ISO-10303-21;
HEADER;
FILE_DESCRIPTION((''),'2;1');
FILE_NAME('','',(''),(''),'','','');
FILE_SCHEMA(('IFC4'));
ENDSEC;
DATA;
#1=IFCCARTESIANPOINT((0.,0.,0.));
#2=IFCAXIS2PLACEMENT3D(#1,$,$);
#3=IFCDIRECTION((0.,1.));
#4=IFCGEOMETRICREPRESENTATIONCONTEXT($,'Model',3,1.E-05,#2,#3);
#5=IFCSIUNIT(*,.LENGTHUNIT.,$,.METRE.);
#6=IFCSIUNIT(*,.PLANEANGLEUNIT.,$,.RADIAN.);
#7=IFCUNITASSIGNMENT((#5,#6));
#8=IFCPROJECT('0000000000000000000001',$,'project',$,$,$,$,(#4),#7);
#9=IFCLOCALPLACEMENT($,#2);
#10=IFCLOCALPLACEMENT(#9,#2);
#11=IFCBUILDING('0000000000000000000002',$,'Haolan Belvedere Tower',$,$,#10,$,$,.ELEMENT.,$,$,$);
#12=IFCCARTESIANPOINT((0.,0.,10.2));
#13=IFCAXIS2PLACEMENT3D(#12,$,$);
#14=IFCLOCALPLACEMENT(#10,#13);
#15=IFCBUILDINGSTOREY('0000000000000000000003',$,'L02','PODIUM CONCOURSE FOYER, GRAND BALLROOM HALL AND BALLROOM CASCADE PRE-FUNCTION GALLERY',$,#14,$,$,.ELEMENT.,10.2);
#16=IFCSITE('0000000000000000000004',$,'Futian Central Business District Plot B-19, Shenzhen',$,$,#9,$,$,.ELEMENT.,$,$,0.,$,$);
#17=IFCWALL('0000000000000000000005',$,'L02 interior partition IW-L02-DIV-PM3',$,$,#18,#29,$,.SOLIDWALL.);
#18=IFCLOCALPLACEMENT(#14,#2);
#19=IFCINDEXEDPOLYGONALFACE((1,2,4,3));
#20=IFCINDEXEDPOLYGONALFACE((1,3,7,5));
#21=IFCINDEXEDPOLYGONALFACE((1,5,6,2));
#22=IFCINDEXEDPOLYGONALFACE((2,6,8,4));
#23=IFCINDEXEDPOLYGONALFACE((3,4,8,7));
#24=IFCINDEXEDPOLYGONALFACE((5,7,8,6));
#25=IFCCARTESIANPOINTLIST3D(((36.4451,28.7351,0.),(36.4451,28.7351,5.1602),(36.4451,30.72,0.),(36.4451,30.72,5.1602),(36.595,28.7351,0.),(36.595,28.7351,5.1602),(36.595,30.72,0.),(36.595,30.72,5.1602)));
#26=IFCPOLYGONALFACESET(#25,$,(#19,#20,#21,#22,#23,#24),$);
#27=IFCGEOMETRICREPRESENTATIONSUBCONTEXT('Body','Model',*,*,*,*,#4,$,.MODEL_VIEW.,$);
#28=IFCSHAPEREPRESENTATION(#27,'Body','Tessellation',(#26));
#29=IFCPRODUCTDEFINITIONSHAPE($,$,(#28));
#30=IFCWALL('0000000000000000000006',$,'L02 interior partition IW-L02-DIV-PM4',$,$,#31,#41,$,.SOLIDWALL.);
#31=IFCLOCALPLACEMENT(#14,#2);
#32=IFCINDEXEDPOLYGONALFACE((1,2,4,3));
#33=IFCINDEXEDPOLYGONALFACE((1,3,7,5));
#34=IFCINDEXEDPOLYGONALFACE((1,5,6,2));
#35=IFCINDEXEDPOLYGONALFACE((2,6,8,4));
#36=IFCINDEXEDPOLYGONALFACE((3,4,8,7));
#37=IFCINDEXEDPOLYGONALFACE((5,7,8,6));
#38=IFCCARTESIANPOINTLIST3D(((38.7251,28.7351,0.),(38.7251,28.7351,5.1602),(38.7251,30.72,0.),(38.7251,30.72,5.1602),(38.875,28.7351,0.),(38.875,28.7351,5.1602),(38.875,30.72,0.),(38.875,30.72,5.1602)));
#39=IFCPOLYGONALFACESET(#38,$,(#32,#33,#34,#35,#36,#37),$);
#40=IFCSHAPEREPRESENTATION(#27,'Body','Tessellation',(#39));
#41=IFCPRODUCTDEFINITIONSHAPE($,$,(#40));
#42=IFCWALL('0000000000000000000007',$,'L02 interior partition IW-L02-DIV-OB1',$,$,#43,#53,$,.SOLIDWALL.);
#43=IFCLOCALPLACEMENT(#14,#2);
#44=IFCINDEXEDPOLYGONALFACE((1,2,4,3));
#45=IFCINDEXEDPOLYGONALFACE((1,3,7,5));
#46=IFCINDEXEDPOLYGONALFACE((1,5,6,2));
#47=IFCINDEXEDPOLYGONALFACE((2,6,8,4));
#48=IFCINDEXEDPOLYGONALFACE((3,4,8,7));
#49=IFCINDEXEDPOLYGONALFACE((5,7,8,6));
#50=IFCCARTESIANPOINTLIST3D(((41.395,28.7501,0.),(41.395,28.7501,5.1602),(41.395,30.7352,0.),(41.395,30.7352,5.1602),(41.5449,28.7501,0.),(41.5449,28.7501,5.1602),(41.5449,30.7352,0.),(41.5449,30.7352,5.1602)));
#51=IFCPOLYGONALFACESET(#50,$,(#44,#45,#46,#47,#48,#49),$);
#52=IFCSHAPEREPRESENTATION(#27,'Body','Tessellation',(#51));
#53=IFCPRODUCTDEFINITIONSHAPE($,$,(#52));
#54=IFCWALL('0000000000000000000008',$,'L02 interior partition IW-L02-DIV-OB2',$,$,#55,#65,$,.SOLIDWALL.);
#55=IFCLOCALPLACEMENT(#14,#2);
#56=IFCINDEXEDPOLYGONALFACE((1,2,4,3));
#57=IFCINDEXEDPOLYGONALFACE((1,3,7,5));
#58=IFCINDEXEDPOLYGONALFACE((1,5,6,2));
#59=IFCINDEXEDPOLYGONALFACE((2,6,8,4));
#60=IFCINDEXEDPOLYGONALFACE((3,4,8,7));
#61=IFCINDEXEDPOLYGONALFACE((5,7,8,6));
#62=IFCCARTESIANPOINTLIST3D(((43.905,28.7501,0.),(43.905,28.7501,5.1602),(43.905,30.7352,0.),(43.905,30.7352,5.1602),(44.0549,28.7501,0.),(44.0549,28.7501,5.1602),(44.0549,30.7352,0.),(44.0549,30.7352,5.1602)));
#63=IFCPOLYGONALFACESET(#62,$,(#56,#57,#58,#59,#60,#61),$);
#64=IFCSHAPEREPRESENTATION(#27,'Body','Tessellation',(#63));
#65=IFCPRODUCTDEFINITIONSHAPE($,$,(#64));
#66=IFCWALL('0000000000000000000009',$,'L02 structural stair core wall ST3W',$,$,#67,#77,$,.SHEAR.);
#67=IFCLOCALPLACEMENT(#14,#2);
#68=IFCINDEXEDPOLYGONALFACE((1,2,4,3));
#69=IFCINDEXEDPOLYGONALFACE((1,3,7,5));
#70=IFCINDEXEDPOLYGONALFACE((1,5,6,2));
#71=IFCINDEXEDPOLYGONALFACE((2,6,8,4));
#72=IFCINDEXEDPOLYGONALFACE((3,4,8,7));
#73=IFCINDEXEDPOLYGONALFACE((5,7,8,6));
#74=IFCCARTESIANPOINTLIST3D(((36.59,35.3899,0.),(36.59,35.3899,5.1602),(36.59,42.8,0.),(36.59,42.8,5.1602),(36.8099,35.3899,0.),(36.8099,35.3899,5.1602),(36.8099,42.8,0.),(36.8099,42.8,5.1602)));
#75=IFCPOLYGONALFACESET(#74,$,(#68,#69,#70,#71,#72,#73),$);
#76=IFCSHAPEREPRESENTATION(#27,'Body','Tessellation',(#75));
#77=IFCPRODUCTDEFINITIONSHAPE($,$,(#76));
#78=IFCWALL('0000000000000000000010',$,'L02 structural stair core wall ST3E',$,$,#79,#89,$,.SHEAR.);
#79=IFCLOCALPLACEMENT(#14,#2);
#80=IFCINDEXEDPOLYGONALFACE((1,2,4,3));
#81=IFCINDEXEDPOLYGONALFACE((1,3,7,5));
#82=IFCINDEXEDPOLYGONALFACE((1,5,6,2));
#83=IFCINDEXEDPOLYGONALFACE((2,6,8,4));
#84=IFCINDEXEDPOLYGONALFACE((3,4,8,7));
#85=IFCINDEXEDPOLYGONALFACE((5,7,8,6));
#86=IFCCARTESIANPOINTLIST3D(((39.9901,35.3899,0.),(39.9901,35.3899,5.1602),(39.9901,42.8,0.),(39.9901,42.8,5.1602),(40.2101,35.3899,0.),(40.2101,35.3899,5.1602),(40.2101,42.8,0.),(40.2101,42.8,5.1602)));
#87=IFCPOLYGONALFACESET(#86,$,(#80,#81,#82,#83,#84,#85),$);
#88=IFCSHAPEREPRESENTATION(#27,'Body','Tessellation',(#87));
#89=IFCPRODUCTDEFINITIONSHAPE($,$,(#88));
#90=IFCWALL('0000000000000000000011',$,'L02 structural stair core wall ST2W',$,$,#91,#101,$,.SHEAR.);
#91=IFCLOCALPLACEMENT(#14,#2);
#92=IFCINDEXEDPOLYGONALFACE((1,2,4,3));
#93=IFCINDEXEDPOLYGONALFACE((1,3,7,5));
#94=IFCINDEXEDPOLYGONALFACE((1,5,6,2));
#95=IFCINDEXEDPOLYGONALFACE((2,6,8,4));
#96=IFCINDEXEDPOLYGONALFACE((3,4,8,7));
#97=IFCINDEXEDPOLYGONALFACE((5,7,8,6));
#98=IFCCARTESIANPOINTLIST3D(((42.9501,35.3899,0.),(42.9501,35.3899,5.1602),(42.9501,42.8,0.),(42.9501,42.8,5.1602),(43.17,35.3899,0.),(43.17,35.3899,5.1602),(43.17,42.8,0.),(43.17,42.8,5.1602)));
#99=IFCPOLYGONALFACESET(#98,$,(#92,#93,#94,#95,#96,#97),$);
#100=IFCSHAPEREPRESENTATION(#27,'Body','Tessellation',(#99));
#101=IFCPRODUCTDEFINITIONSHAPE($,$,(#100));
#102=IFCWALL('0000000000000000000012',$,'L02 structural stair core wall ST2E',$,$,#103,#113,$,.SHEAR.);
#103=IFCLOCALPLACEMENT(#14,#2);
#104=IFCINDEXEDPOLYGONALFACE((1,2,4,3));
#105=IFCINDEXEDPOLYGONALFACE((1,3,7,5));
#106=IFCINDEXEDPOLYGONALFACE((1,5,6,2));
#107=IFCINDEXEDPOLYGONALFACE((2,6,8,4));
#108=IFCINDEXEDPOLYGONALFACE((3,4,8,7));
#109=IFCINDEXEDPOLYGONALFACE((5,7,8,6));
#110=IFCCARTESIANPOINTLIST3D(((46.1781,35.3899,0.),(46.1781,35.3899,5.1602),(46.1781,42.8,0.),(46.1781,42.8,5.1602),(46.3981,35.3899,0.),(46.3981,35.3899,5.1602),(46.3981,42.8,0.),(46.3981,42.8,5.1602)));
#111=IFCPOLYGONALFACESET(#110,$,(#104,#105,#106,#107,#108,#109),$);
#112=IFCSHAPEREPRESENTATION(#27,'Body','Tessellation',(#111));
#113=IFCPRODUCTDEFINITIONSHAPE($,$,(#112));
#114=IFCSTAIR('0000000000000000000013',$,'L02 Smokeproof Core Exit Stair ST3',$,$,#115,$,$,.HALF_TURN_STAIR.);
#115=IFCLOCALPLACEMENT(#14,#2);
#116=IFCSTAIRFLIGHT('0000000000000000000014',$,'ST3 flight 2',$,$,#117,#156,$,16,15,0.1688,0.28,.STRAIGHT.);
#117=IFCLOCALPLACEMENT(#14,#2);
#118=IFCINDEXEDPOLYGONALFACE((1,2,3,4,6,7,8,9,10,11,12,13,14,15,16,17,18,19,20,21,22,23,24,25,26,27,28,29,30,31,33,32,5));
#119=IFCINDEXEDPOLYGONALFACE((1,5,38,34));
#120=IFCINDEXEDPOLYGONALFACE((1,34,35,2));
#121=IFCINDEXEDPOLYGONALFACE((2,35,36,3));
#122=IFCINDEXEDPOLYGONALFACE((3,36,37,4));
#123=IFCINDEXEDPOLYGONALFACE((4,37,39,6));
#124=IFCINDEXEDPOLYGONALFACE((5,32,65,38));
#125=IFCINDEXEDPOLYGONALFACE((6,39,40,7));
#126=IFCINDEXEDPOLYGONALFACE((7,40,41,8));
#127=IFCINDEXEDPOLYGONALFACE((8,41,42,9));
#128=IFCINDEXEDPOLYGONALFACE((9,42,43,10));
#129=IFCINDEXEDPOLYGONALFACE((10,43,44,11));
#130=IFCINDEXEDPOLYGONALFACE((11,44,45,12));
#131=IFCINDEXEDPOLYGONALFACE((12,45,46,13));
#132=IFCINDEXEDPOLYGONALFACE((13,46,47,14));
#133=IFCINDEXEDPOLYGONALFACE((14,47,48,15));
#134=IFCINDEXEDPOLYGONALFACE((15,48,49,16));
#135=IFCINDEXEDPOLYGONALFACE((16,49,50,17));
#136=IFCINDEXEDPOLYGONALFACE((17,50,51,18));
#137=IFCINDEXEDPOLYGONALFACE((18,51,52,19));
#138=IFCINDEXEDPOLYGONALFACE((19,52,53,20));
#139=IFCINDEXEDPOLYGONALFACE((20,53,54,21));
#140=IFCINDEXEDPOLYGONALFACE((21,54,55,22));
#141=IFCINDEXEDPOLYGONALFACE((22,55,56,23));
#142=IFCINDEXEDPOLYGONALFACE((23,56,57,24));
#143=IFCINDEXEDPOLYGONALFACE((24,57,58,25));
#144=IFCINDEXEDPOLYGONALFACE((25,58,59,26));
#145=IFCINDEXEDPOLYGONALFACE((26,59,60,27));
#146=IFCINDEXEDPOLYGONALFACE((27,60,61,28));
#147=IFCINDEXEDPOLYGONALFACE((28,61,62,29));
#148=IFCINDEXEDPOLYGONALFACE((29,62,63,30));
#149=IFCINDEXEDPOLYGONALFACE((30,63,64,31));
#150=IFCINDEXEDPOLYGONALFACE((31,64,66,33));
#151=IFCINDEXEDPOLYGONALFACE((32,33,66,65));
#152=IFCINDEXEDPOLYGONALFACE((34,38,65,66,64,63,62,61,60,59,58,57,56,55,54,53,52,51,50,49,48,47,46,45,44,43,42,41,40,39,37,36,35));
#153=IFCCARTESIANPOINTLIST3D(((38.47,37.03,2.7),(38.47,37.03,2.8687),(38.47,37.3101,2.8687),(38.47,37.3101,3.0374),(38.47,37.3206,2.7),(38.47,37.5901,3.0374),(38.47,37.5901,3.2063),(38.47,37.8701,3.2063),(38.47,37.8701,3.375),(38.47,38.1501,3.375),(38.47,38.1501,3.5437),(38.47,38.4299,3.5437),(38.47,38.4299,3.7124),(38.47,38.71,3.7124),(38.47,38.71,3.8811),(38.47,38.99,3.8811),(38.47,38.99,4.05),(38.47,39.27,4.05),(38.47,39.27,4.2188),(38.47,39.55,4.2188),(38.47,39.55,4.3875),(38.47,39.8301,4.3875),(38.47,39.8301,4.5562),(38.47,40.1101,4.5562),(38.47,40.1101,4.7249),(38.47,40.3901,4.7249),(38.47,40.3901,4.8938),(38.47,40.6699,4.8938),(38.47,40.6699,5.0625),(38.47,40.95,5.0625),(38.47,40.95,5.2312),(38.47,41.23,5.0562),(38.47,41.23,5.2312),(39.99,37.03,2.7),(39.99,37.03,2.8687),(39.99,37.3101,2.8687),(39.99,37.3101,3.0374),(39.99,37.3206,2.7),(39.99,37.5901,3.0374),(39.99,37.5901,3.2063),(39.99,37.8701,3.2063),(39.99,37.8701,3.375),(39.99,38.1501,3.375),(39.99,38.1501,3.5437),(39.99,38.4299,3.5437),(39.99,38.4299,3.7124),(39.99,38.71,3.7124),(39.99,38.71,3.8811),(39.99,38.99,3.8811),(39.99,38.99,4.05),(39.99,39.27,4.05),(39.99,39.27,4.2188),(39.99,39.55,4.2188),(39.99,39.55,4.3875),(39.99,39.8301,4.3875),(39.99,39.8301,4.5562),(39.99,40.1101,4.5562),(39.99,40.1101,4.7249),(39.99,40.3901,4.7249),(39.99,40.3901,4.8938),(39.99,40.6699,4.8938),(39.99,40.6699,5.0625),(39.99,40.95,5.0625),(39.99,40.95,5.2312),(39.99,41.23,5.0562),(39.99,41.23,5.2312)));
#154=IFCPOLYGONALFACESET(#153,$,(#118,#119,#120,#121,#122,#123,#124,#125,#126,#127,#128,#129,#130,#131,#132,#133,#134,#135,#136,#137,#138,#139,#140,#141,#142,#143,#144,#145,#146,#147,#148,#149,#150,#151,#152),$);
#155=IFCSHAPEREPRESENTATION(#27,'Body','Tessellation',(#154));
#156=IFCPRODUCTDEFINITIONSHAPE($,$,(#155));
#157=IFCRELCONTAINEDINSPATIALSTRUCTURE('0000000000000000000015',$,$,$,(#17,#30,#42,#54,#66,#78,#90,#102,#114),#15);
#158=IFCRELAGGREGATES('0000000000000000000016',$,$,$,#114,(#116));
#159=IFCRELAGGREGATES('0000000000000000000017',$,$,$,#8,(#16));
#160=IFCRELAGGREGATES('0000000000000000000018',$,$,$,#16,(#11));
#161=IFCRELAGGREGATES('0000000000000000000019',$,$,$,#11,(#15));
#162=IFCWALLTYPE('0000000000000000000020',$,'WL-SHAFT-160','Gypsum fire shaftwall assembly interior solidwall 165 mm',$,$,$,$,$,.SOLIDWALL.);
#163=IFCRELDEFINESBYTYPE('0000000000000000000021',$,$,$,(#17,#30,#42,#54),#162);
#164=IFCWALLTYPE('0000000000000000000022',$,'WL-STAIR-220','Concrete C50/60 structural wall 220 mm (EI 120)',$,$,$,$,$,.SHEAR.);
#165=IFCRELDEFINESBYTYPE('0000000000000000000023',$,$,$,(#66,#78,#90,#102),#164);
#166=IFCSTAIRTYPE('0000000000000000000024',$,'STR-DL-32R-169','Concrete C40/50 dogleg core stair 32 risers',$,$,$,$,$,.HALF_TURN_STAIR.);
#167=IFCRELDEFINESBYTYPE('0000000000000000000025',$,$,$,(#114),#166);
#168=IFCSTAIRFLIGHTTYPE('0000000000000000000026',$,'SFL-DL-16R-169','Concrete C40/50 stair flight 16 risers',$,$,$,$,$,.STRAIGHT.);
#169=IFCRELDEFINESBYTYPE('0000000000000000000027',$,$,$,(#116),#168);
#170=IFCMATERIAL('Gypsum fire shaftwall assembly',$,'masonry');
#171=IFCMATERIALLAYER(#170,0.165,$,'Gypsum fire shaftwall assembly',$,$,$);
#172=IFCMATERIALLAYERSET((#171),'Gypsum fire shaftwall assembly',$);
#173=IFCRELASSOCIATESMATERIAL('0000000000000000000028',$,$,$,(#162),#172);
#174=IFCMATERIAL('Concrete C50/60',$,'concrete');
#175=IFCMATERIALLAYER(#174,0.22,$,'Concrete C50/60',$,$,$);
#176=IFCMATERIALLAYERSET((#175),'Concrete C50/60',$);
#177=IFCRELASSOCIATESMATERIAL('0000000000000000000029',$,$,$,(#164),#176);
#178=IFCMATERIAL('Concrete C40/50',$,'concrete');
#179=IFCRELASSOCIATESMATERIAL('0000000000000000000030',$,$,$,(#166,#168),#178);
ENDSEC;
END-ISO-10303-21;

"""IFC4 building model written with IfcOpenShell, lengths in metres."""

from ifc_helpers import new_model, si_unit, direction, frame, frame_2d, origin, place, context, subcontext, project, spatial, polyline, rectangle, outline, extrude, material, layer, layer_set, type_object, element, aggregate, save


model = new_model("IFC4")

# Units and contexts
model_context = context("Model", 3, precision=1e-05, world=origin(), true_north=direction((0.0, 1.0)))
body_context = subcontext(model_context, "Body", "Model", "MODEL_VIEW")
ifc_project = project(units=[si_unit("LENGTHUNIT", "METRE"), si_unit("PLANEANGLEUNIT", "RADIAN")], contexts=[model_context])

# Site, building, storey
site_placement = place(None, origin())
site = spatial("IfcSite", under=ifc_project, at=site_placement, Name="Futian Central Business District Plot B-19, Shenzhen", CompositionType="ELEMENT", RefElevation=0.0)
building_placement = place(site_placement, origin())
building = spatial("IfcBuilding", under=site, at=building_placement, Name="Haolan Belvedere Tower", CompositionType="ELEMENT")
storey_placement = place(building_placement, frame((0.0, 0.0, 10.2)))
storey = spatial("IfcBuildingStorey", under=building, at=storey_placement, Name="L02", Description="PODIUM CONCOURSE FOYER, GRAND BALLROOM HALL AND BALLROOM CASCADE PRE-FUNCTION GALLERY", CompositionType="ELEMENT", Elevation=10.2)

# Shared definitions
ifc_material_1 = material(Name="Concrete C50/60", Category="concrete")

# Shared definitions
ifc_material_2 = material(Name="Gypsum fire shaftwall assembly", Category="masonry")
ifc_layer_1 = layer(ifc_material_2, 0.165, Name="Gypsum fire shaftwall assembly")
ifc_layer_set_1 = layer_set([ifc_layer_1], Name="Gypsum fire shaftwall assembly")
wall_type_1 = type_object("IfcWallType", Name="WL-SHAFT-160", Description="Gypsum fire shaftwall assembly interior solidwall 165 mm", PredefinedType="SOLIDWALL", material=ifc_layer_set_1)

# Walls
for number, where, z_axis, x_axis, name in (
    (1, (36.52, 28.7351, 0.0), (0.0, 0.0, 1.0), (0.0, 1.0, 0.0), "L02 interior partition IW-L02-DIV-PM3"),
    (2, (38.8, 28.7351, 0.0), (0.0, 0.0, 1.0), (0.0, 1.0, 0.0), "L02 interior partition IW-L02-DIV-PM4"),
):
    element("IfcWall", number, at=place(storey_placement, frame(where, z_axis=z_axis, x_axis=x_axis)), inside=storey, type_object=wall_type_1, Name=name, PredefinedType="SOLIDWALL", context=body_context, shape_type="SweptSolid", body=[
        extrude(rectangle(XDim=1.9849, YDim=0.1499, at=frame_2d((0.9924, 0.0))), origin(), (0.0, 0.0, 1.0), 5.1602),
    ])
for number, where, z_axis, x_axis, name in (
    (3, (41.47, 28.75, 0.0), (0.0, 0.0, 1.0), (0.0, 1.0, 0.0), "L02 interior partition IW-L02-DIV-OB1"),
    (4, (43.98, 28.75, 0.0), (0.0, 0.0, 1.0), (0.0, 1.0, 0.0), "L02 interior partition IW-L02-DIV-OB2"),
):
    element("IfcWall", number, at=place(storey_placement, frame(where, z_axis=z_axis, x_axis=x_axis)), inside=storey, type_object=wall_type_1, Name=name, PredefinedType="SOLIDWALL", context=body_context, shape_type="SweptSolid", body=[
        extrude(rectangle(XDim=1.9851, YDim=0.1499, at=frame_2d((0.9927, 0.0))), origin(), (0.0, 0.0, 1.0), 5.1602),
    ])
ifc_layer_2 = layer(ifc_material_1, 0.22, Name="Concrete C50/60")
ifc_layer_set_2 = layer_set([ifc_layer_2], Name="Concrete C50/60")
wall_type_2 = type_object("IfcWallType", Name="WL-STAIR-220", Description="Concrete C50/60 structural wall 220 mm (EI 120)", PredefinedType="SHEAR", material=ifc_layer_set_2)
for number, where, z_axis, x_axis, name in (
    (5, (36.7, 35.3899, 0.0), (0.0, 0.0, 1.0), (0.0, 1.0, 0.0), "L02 structural stair core wall ST3W"),
    (6, (40.1001, 35.3899, 0.0), (0.0, 0.0, 1.0), (0.0, 1.0, 0.0), "L02 structural stair core wall ST3E"),
    (7, (43.0601, 35.3899, 0.0), (0.0, 0.0, 1.0), (0.0, 1.0, 0.0), "L02 structural stair core wall ST2W"),
    (8, (46.2881, 35.3899, 0.0), (0.0, 0.0, 1.0), (0.0, 1.0, 0.0), "L02 structural stair core wall ST2E"),
):
    element("IfcWall", number, at=place(storey_placement, frame(where, z_axis=z_axis, x_axis=x_axis)), inside=storey, type_object=wall_type_2, Name=name, PredefinedType="SHEAR", context=body_context, shape_type="SweptSolid", body=[
        extrude(rectangle(XDim=7.4102, YDim=0.22, at=frame_2d((3.7051, 0.0))), origin(), (0.0, 0.0, 1.0), 5.1602),
    ])

# Stair, stair flight
ifc_material_3 = material(Name="Concrete C40/50", Category="concrete")
stair_type = type_object("IfcStairType", Name="STR-DL-32R-169", Description="Concrete C40/50 dogleg core stair 32 risers", PredefinedType="HALF_TURN_STAIR", material=ifc_material_3)
stair_placement = place(storey_placement, origin())
stair = element("IfcStair", 9, at=stair_placement, inside=storey, type_object=stair_type, Name="L02 Smokeproof Core Exit Stair ST3", PredefinedType="HALF_TURN_STAIR")
stair_flight_type = type_object("IfcStairFlightType", Name="SFL-DL-16R-169", Description="Concrete C40/50 stair flight 16 risers", PredefinedType="STRAIGHT", material=ifc_material_3)
stair_flight_placement = place(storey_placement, frame((39.23, 37.03, 2.7), z_axis=(0.0, 0.0, 1.0), x_axis=(0.0, 1.0, 0.0)))
stair_flight = element("IfcStairFlight", 10, at=stair_flight_placement, type_object=stair_flight_type, Name="ST3 flight 2", NumberOfRisers=16, NumberOfTreads=15, PredefinedType="STRAIGHT", RiserHeight=0.1688, TreadLength=0.28, context=body_context, shape_type="SweptSolid", body=[
    extrude(outline(polyline([(0.0, 0.0), (0.0, 0.1687), (0.28, 0.1687), (0.28, 0.3374), (0.5601, 0.3374), (0.5601, 0.5063), (0.8401, 0.5063), (0.8401, 0.675), (1.1201, 0.675), (1.1201, 0.8438), (1.3999, 0.8438), (1.3999, 1.0125), (1.6799, 1.0125), (1.6799, 1.1812), (1.96, 1.1812), (1.96, 1.3501), (2.24, 1.3501), (2.24, 1.5188), (2.52, 1.5188), (2.52, 1.6875), (2.8, 1.6875), (2.8, 1.8562), (3.0801, 1.8562), (3.0801, 2.0249), (3.3601, 2.0249), (3.3601, 2.1938), (3.6399, 2.1938), (3.6399, 2.3625), (3.9199, 2.3625), (3.9199, 2.5312), (4.2, 2.5312), (4.2, 2.7), (4.2, 2.3562), (0.2905, 0.0), (0.0, 0.0)])), frame((0.0, 0.76, 0.0), z_axis=(0.0, -1.0, 0.0), x_axis=(1.0, 0.0, 0.0)), (0.0, 0.0, 1.0), 1.52),
])
aggregate(stair, [stair_flight])

save(model, "model.ifc")
